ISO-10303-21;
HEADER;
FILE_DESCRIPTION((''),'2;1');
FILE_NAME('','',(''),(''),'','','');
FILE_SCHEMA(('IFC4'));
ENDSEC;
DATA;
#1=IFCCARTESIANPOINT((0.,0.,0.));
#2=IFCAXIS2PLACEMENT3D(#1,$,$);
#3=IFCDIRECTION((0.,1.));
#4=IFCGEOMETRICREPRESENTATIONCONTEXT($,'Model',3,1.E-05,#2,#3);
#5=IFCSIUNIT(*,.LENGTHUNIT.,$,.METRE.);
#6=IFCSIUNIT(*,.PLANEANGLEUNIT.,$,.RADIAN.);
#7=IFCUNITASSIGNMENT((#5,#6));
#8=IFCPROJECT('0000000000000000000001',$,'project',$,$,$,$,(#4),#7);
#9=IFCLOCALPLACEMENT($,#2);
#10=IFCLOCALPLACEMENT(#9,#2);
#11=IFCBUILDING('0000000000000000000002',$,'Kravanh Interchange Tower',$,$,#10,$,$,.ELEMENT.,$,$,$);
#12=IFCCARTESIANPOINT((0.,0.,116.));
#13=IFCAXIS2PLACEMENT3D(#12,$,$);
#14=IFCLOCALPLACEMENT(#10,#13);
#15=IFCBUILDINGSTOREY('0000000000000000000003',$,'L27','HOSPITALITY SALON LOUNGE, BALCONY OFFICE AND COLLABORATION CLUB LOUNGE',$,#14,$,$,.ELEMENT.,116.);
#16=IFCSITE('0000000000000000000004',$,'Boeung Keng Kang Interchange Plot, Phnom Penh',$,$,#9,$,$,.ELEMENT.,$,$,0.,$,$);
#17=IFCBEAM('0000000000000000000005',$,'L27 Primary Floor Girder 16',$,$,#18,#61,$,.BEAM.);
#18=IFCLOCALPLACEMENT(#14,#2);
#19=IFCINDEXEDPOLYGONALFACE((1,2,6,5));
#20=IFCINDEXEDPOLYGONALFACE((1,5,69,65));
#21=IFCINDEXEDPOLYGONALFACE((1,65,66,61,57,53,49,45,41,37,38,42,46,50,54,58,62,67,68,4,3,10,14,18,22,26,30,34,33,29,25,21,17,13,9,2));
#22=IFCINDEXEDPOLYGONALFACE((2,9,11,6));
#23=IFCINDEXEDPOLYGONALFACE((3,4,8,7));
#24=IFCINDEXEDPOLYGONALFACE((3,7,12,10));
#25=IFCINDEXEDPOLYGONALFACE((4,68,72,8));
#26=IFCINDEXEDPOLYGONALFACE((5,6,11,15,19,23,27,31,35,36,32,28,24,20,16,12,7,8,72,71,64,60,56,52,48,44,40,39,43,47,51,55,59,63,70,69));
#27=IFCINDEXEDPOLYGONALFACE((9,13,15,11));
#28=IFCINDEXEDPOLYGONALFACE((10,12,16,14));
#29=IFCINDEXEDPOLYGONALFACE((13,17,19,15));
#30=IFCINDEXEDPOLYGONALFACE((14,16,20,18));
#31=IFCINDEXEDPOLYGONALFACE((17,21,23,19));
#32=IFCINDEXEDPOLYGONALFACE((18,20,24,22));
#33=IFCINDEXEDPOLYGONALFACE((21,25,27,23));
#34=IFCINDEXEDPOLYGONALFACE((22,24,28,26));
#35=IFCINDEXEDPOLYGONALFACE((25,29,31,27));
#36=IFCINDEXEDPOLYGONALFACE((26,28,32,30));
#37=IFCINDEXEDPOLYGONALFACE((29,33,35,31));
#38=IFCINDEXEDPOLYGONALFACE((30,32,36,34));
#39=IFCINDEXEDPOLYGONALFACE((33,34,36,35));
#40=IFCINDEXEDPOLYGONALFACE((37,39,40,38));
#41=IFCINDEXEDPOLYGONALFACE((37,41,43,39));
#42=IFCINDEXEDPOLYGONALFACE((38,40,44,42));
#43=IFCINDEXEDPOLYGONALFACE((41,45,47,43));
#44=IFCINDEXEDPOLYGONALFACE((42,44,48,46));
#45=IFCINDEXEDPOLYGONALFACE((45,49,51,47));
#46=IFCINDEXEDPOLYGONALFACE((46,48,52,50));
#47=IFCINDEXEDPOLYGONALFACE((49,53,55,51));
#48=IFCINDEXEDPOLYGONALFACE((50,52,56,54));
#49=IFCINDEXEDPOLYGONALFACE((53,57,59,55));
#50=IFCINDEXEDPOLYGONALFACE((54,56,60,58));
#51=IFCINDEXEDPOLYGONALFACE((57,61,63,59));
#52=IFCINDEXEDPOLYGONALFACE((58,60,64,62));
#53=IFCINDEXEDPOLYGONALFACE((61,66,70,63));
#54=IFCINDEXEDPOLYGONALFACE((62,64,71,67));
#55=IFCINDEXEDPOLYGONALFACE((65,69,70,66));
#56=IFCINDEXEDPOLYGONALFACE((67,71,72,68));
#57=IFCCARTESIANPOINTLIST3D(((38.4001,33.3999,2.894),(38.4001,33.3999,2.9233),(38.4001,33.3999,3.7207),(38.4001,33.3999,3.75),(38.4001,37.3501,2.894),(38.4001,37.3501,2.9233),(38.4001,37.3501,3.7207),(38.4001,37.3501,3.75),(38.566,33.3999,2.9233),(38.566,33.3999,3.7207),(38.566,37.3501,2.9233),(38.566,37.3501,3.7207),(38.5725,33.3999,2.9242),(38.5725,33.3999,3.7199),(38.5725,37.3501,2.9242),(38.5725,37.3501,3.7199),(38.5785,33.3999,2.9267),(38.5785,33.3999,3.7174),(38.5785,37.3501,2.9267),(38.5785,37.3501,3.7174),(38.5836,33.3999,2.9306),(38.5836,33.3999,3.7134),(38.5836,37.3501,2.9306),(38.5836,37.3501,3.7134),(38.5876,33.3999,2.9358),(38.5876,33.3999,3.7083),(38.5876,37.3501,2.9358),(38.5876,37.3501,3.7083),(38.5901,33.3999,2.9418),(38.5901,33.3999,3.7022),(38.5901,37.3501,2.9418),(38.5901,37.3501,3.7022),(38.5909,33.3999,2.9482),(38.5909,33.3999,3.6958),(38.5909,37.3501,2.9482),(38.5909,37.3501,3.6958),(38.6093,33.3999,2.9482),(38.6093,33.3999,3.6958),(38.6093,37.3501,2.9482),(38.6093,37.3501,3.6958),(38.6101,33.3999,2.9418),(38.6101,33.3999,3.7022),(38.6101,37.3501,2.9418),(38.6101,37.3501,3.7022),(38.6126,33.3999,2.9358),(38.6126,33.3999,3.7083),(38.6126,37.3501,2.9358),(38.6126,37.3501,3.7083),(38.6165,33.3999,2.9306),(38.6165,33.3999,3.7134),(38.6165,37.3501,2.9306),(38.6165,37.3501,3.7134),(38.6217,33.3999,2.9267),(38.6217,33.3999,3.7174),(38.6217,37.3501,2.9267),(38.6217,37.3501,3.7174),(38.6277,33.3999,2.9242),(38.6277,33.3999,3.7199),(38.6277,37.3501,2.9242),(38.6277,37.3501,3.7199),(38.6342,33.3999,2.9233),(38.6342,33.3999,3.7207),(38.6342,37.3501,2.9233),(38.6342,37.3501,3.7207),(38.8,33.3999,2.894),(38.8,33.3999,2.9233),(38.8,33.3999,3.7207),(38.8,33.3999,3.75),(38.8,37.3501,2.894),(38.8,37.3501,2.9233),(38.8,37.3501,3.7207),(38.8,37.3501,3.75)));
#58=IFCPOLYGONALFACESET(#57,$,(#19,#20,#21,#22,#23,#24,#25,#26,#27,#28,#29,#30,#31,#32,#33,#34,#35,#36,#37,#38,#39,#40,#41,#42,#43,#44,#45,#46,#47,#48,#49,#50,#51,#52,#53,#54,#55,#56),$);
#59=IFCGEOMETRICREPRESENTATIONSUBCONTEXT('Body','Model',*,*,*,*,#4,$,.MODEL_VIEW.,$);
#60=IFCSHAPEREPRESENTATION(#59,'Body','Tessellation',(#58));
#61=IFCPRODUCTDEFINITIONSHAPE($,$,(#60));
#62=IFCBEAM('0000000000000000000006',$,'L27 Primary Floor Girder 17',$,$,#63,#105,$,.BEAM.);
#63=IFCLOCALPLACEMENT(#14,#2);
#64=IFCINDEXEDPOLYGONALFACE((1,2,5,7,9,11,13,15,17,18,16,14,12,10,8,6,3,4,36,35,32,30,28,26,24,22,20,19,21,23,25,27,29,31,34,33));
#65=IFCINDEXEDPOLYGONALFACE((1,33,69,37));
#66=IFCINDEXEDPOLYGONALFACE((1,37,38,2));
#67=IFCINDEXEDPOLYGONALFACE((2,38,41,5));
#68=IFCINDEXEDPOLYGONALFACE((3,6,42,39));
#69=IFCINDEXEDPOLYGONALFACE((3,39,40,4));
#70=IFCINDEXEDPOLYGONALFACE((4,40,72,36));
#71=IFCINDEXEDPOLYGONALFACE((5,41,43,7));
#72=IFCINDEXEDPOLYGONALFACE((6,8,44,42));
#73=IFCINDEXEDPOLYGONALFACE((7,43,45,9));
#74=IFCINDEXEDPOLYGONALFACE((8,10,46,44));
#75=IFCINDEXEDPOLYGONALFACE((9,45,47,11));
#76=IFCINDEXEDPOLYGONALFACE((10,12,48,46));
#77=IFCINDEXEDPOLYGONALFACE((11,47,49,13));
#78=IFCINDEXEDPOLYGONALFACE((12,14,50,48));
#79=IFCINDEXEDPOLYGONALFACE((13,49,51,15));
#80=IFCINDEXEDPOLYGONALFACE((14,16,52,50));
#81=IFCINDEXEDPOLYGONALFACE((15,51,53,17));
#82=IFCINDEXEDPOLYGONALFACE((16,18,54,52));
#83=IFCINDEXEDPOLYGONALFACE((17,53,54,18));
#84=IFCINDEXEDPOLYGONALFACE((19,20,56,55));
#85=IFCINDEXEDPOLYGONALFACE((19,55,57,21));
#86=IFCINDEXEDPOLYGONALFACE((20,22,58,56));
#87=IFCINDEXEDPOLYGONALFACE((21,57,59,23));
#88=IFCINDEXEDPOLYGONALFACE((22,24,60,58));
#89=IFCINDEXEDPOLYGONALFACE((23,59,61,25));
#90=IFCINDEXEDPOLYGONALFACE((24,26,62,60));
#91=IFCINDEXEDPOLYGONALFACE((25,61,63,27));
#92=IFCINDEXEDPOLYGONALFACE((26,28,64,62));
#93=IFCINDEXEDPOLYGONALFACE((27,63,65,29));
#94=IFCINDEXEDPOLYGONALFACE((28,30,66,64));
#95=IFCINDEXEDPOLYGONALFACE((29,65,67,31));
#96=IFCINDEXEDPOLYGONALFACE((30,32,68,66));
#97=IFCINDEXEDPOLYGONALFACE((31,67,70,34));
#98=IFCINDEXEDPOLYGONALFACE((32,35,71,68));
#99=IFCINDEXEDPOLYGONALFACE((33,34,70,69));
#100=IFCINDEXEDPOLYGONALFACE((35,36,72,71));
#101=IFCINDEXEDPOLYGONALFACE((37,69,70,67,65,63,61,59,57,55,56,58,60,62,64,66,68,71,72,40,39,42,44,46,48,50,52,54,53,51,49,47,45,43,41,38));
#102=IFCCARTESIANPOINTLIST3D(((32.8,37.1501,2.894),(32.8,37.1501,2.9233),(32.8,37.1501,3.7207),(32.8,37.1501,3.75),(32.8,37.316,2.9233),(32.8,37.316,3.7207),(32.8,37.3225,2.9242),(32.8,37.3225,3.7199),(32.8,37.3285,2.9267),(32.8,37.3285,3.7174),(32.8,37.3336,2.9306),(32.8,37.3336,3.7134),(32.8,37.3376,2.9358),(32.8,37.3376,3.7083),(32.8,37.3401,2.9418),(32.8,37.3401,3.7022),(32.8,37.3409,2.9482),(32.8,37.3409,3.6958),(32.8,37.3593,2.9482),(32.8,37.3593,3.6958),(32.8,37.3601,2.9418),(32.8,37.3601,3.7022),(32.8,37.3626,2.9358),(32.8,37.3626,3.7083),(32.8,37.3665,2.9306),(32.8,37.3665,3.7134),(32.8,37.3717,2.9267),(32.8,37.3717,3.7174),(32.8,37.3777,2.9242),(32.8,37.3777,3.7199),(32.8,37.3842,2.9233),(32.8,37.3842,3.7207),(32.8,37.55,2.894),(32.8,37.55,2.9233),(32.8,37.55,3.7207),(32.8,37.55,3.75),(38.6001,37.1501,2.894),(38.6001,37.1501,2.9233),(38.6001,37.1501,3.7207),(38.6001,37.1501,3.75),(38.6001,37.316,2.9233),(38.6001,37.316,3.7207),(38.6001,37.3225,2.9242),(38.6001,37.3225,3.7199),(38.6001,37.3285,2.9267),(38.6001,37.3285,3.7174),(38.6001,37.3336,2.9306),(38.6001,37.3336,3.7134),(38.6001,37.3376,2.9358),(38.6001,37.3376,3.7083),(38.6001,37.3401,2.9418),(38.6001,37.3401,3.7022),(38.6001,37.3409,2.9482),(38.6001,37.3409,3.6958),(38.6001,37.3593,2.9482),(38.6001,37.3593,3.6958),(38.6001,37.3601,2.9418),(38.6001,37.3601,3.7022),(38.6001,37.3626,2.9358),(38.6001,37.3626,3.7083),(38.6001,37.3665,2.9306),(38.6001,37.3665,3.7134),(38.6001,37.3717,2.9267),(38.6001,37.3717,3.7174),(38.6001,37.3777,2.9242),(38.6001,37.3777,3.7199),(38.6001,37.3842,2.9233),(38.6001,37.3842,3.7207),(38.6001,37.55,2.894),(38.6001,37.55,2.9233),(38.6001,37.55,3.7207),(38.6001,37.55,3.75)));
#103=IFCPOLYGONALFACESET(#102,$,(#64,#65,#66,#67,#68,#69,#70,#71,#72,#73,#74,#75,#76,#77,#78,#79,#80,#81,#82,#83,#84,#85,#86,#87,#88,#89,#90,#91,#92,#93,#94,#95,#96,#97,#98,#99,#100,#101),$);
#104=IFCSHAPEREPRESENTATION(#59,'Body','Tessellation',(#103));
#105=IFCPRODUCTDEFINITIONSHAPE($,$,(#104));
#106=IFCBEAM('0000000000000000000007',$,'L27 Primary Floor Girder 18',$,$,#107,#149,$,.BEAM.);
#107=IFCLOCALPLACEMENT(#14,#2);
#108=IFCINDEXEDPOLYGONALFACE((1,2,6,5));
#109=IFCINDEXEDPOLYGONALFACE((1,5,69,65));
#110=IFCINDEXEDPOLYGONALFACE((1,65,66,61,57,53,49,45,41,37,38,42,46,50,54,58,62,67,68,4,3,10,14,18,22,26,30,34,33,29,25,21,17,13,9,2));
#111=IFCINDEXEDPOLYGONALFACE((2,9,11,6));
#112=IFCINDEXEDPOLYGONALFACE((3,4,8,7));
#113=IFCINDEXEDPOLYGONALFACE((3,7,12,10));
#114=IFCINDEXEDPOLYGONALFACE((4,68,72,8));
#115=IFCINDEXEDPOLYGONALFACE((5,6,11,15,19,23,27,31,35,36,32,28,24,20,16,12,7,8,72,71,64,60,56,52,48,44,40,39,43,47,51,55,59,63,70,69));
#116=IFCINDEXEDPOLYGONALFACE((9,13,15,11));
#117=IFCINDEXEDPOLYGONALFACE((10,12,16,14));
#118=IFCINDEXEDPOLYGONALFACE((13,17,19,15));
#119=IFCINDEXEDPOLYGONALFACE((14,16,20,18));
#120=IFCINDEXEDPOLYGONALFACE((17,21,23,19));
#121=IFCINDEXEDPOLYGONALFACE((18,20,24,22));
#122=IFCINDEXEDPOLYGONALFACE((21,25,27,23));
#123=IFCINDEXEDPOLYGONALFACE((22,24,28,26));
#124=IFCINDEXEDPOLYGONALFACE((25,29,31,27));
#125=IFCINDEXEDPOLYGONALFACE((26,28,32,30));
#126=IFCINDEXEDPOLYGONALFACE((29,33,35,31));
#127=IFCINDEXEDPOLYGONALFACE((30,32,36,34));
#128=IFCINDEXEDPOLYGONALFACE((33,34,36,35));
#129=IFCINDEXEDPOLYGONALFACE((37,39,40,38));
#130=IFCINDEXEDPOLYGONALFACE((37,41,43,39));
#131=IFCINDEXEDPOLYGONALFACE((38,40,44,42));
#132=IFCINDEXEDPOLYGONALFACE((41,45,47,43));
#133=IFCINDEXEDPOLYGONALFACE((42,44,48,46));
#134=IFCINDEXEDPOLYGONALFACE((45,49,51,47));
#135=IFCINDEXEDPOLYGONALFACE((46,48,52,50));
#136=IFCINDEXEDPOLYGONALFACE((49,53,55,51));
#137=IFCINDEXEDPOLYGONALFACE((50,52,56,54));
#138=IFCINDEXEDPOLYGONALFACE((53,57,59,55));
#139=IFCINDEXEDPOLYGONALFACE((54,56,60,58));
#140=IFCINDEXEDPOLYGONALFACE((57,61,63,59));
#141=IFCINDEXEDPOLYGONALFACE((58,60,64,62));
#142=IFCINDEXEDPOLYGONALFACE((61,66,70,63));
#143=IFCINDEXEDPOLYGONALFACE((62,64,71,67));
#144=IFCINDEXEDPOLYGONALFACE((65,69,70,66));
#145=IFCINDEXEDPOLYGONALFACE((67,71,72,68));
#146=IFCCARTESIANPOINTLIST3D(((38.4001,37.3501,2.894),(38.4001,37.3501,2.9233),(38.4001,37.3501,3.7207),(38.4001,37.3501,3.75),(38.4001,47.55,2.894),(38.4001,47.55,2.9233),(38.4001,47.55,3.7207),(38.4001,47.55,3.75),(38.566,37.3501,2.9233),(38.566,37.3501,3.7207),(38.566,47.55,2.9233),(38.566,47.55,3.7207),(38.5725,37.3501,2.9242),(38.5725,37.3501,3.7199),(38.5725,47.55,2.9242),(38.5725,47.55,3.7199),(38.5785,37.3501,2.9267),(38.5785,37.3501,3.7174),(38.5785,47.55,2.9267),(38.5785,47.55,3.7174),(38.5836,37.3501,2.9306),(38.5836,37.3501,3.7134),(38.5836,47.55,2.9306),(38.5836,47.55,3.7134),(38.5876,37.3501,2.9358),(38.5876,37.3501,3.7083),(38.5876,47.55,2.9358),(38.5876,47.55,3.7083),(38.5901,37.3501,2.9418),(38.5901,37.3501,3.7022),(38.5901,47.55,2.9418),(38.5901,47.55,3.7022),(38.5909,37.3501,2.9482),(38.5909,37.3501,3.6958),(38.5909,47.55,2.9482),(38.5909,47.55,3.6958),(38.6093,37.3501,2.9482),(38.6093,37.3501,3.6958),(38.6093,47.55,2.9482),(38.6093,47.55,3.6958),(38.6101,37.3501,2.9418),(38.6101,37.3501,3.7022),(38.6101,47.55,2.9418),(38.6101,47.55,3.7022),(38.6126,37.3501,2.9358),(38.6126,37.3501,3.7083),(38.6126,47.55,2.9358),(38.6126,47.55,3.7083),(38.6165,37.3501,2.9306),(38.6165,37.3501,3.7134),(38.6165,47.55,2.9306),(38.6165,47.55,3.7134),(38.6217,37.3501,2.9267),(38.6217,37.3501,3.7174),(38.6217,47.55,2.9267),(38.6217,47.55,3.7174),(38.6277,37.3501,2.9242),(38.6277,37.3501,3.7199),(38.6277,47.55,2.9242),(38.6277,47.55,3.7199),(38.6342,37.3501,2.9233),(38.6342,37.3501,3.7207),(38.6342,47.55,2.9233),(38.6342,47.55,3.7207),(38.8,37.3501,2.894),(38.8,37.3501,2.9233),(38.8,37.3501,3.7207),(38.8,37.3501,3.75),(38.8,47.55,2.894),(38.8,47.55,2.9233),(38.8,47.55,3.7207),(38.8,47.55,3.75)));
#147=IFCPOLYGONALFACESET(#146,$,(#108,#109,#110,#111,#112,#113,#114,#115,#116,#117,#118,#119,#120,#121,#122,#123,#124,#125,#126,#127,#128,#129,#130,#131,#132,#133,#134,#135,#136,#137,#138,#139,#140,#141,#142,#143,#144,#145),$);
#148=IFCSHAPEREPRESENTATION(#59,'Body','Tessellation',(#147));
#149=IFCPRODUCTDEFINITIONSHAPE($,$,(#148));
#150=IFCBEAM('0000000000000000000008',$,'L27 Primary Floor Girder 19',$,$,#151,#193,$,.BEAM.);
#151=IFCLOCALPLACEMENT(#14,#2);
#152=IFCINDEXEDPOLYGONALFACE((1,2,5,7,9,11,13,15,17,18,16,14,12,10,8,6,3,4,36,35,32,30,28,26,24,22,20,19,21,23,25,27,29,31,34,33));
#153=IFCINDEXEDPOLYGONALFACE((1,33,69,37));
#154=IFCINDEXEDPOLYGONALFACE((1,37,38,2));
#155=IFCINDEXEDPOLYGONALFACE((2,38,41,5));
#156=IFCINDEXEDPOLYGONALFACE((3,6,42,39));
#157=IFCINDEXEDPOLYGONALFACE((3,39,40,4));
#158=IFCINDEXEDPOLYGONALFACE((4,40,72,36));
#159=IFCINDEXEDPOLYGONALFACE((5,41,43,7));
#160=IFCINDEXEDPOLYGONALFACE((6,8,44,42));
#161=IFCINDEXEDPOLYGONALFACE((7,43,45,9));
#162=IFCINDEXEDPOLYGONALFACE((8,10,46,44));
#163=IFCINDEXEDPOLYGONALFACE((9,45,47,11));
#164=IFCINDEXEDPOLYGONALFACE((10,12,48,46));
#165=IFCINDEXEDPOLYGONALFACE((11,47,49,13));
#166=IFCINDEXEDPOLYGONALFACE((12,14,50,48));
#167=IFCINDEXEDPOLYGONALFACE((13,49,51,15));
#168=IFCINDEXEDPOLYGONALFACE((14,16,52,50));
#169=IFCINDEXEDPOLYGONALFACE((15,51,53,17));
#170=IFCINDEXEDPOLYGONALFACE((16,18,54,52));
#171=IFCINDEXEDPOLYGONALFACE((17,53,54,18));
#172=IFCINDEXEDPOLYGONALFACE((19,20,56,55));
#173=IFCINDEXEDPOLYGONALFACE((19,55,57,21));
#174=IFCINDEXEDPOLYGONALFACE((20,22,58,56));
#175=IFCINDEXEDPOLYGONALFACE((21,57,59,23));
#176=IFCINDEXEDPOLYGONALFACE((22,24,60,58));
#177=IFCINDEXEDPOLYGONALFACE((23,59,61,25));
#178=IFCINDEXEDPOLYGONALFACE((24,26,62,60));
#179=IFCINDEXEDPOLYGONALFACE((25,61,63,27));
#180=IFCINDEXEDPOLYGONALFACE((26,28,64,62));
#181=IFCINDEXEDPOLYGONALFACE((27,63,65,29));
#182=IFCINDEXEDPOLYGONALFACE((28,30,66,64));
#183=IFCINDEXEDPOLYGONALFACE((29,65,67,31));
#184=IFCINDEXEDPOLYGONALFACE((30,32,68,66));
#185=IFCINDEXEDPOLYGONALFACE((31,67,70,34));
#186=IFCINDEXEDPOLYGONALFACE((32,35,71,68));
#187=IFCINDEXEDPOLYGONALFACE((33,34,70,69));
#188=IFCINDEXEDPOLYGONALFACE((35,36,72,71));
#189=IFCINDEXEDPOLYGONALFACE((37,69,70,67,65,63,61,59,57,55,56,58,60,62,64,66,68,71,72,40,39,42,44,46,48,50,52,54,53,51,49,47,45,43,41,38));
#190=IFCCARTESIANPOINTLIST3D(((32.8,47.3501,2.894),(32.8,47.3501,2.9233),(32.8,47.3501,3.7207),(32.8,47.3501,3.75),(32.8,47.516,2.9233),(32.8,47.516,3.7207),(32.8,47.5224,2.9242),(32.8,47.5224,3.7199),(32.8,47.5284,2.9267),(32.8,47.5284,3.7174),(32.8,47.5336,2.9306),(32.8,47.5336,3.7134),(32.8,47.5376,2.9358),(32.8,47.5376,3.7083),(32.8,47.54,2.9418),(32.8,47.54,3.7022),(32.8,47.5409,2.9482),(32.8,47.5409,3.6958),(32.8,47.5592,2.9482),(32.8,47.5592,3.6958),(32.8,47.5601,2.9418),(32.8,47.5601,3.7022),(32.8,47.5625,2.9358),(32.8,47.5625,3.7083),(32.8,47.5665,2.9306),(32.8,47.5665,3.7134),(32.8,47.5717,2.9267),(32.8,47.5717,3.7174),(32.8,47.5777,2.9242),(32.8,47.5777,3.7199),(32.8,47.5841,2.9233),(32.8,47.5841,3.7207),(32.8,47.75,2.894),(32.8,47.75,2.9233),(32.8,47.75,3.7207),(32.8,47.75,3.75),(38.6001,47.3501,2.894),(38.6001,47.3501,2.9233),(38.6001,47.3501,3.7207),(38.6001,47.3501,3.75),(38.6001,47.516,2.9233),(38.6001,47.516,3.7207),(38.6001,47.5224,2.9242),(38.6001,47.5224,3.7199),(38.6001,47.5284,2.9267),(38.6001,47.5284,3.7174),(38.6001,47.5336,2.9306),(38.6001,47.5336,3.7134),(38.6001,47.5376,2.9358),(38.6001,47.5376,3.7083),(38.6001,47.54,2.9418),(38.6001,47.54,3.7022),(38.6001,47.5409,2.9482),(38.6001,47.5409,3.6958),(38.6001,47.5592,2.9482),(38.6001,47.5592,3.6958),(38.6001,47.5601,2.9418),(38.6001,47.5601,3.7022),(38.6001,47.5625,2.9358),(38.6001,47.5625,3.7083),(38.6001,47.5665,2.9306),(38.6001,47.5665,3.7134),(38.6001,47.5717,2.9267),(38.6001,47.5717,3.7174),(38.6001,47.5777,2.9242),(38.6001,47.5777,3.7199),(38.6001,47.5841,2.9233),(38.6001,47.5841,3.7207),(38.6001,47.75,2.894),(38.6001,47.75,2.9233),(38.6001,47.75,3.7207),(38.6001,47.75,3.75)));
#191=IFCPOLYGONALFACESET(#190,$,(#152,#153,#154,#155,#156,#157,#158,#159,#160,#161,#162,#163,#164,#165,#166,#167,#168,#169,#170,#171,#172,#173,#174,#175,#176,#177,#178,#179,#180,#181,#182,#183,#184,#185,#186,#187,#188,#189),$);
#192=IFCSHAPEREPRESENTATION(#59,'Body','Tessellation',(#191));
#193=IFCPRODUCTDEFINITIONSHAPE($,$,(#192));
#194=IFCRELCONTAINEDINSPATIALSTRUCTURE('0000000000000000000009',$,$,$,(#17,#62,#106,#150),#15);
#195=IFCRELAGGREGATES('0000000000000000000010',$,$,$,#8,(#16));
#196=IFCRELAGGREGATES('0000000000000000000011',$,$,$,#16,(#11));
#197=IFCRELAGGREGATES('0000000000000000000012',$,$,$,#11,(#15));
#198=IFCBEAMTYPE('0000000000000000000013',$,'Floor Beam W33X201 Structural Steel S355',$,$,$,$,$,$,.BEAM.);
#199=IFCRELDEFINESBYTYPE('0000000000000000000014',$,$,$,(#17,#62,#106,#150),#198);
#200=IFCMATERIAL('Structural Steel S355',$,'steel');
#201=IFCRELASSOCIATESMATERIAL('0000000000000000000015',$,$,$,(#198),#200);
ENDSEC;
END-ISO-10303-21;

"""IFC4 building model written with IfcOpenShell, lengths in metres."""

from ifc_helpers import new_model, si_unit, direction, frame, origin, origin_2d, place, context, subcontext, project, spatial, i_section, extrude, material, material_profile, profile_set, type_object, element, save


model = new_model("IFC4")

# Units and contexts
model_context = context("Model", 3, precision=1e-05, world=origin(), true_north=direction((0.0, 1.0)))
body_context = subcontext(model_context, "Body", "Model", "MODEL_VIEW")
ifc_project = project(units=[si_unit("LENGTHUNIT", "METRE"), si_unit("PLANEANGLEUNIT", "RADIAN")], contexts=[model_context])

# Site, building, storey
site_placement = place(None, origin())
site = spatial("IfcSite", under=ifc_project, at=site_placement, Name="Boeung Keng Kang Interchange Plot, Phnom Penh", CompositionType="ELEMENT", RefElevation=0.0)
building_placement = place(site_placement, origin())
building = spatial("IfcBuilding", under=site, at=building_placement, Name="Kravanh Interchange Tower", CompositionType="ELEMENT")
storey_placement = place(building_placement, frame((0.0, 0.0, 116.0)))
storey = spatial("IfcBuildingStorey", under=building, at=storey_placement, Name="L27", Description="HOSPITALITY SALON LOUNGE, BALCONY OFFICE AND COLLABORATION CLUB LOUNGE", CompositionType="ELEMENT", Elevation=116.0)

# Beams
ifc_material_1 = material(Name="Structural Steel S355", Category="steel")
ifc_material_profile_1 = material_profile(ifc_material_1, i_section(OverallWidth=0.3999, OverallDepth=0.856, WebThickness=0.0183, FlangeThickness=0.0293, FilletRadius=0.0249, at=origin_2d()), Name="W33X201")
ifc_profile_set_1 = profile_set([ifc_material_profile_1], Name="Structural Steel S355")
beam_type_1 = type_object("IfcBeamType", Name="Floor Beam W33X201 Structural Steel S355", PredefinedType="BEAM", material=ifc_profile_set_1)
beam_1_placement = place(storey_placement, frame((38.6001, 37.3501, 3.322), z_axis=(0.0, -1.0, 0.0), x_axis=(1.0, 0.0, 0.0)))
element("IfcBeam", 1, at=beam_1_placement, inside=storey, type_object=beam_type_1, Name="L27 Primary Floor Girder 16", PredefinedType="BEAM", context=body_context, shape_type="SweptSolid", body=[
    extrude(i_section(OverallWidth=0.3999, OverallDepth=0.856, WebThickness=0.0183, FlangeThickness=0.0293, FilletRadius=0.0249, at=origin_2d()), origin(), (0.0, 0.0, 1.0), 3.9502),
])
beam_2_placement = place(storey_placement, frame((38.6001, 37.3501, 3.322), z_axis=(-1.0, 0.0, 0.0), x_axis=(0.0, -1.0, 0.0)))
element("IfcBeam", 2, at=beam_2_placement, inside=storey, type_object=beam_type_1, Name="L27 Primary Floor Girder 17", PredefinedType="BEAM", context=body_context, shape_type="SweptSolid", body=[
    extrude(i_section(OverallWidth=0.3999, OverallDepth=0.856, WebThickness=0.0183, FlangeThickness=0.0293, FilletRadius=0.0249, at=origin_2d()), origin(), (0.0, 0.0, 1.0), 5.8),
])
beam_3_placement = place(storey_placement, frame((38.6001, 37.3501, 3.322), z_axis=(0.0, 1.0, 0.0), x_axis=(-1.0, 0.0, 0.0)))
element("IfcBeam", 3, at=beam_3_placement, inside=storey, type_object=beam_type_1, Name="L27 Primary Floor Girder 18", PredefinedType="BEAM", context=body_context, shape_type="SweptSolid", body=[
    extrude(i_section(OverallWidth=0.3999, OverallDepth=0.856, WebThickness=0.0183, FlangeThickness=0.0293, FilletRadius=0.0249, at=origin_2d()), origin(), (0.0, 0.0, 1.0), 10.2),
])
beam_4_placement = place(storey_placement, frame((38.6001, 47.55, 3.322), z_axis=(-1.0, 0.0, 0.0), x_axis=(0.0, -1.0, 0.0)))
element("IfcBeam", 4, at=beam_4_placement, inside=storey, type_object=beam_type_1, Name="L27 Primary Floor Girder 19", PredefinedType="BEAM", context=body_context, shape_type="SweptSolid", body=[
    extrude(i_section(OverallWidth=0.3999, OverallDepth=0.856, WebThickness=0.0183, FlangeThickness=0.0293, FilletRadius=0.0249, at=origin_2d()), origin(), (0.0, 0.0, 1.0), 5.8),
])

save(model, "model.ifc")
